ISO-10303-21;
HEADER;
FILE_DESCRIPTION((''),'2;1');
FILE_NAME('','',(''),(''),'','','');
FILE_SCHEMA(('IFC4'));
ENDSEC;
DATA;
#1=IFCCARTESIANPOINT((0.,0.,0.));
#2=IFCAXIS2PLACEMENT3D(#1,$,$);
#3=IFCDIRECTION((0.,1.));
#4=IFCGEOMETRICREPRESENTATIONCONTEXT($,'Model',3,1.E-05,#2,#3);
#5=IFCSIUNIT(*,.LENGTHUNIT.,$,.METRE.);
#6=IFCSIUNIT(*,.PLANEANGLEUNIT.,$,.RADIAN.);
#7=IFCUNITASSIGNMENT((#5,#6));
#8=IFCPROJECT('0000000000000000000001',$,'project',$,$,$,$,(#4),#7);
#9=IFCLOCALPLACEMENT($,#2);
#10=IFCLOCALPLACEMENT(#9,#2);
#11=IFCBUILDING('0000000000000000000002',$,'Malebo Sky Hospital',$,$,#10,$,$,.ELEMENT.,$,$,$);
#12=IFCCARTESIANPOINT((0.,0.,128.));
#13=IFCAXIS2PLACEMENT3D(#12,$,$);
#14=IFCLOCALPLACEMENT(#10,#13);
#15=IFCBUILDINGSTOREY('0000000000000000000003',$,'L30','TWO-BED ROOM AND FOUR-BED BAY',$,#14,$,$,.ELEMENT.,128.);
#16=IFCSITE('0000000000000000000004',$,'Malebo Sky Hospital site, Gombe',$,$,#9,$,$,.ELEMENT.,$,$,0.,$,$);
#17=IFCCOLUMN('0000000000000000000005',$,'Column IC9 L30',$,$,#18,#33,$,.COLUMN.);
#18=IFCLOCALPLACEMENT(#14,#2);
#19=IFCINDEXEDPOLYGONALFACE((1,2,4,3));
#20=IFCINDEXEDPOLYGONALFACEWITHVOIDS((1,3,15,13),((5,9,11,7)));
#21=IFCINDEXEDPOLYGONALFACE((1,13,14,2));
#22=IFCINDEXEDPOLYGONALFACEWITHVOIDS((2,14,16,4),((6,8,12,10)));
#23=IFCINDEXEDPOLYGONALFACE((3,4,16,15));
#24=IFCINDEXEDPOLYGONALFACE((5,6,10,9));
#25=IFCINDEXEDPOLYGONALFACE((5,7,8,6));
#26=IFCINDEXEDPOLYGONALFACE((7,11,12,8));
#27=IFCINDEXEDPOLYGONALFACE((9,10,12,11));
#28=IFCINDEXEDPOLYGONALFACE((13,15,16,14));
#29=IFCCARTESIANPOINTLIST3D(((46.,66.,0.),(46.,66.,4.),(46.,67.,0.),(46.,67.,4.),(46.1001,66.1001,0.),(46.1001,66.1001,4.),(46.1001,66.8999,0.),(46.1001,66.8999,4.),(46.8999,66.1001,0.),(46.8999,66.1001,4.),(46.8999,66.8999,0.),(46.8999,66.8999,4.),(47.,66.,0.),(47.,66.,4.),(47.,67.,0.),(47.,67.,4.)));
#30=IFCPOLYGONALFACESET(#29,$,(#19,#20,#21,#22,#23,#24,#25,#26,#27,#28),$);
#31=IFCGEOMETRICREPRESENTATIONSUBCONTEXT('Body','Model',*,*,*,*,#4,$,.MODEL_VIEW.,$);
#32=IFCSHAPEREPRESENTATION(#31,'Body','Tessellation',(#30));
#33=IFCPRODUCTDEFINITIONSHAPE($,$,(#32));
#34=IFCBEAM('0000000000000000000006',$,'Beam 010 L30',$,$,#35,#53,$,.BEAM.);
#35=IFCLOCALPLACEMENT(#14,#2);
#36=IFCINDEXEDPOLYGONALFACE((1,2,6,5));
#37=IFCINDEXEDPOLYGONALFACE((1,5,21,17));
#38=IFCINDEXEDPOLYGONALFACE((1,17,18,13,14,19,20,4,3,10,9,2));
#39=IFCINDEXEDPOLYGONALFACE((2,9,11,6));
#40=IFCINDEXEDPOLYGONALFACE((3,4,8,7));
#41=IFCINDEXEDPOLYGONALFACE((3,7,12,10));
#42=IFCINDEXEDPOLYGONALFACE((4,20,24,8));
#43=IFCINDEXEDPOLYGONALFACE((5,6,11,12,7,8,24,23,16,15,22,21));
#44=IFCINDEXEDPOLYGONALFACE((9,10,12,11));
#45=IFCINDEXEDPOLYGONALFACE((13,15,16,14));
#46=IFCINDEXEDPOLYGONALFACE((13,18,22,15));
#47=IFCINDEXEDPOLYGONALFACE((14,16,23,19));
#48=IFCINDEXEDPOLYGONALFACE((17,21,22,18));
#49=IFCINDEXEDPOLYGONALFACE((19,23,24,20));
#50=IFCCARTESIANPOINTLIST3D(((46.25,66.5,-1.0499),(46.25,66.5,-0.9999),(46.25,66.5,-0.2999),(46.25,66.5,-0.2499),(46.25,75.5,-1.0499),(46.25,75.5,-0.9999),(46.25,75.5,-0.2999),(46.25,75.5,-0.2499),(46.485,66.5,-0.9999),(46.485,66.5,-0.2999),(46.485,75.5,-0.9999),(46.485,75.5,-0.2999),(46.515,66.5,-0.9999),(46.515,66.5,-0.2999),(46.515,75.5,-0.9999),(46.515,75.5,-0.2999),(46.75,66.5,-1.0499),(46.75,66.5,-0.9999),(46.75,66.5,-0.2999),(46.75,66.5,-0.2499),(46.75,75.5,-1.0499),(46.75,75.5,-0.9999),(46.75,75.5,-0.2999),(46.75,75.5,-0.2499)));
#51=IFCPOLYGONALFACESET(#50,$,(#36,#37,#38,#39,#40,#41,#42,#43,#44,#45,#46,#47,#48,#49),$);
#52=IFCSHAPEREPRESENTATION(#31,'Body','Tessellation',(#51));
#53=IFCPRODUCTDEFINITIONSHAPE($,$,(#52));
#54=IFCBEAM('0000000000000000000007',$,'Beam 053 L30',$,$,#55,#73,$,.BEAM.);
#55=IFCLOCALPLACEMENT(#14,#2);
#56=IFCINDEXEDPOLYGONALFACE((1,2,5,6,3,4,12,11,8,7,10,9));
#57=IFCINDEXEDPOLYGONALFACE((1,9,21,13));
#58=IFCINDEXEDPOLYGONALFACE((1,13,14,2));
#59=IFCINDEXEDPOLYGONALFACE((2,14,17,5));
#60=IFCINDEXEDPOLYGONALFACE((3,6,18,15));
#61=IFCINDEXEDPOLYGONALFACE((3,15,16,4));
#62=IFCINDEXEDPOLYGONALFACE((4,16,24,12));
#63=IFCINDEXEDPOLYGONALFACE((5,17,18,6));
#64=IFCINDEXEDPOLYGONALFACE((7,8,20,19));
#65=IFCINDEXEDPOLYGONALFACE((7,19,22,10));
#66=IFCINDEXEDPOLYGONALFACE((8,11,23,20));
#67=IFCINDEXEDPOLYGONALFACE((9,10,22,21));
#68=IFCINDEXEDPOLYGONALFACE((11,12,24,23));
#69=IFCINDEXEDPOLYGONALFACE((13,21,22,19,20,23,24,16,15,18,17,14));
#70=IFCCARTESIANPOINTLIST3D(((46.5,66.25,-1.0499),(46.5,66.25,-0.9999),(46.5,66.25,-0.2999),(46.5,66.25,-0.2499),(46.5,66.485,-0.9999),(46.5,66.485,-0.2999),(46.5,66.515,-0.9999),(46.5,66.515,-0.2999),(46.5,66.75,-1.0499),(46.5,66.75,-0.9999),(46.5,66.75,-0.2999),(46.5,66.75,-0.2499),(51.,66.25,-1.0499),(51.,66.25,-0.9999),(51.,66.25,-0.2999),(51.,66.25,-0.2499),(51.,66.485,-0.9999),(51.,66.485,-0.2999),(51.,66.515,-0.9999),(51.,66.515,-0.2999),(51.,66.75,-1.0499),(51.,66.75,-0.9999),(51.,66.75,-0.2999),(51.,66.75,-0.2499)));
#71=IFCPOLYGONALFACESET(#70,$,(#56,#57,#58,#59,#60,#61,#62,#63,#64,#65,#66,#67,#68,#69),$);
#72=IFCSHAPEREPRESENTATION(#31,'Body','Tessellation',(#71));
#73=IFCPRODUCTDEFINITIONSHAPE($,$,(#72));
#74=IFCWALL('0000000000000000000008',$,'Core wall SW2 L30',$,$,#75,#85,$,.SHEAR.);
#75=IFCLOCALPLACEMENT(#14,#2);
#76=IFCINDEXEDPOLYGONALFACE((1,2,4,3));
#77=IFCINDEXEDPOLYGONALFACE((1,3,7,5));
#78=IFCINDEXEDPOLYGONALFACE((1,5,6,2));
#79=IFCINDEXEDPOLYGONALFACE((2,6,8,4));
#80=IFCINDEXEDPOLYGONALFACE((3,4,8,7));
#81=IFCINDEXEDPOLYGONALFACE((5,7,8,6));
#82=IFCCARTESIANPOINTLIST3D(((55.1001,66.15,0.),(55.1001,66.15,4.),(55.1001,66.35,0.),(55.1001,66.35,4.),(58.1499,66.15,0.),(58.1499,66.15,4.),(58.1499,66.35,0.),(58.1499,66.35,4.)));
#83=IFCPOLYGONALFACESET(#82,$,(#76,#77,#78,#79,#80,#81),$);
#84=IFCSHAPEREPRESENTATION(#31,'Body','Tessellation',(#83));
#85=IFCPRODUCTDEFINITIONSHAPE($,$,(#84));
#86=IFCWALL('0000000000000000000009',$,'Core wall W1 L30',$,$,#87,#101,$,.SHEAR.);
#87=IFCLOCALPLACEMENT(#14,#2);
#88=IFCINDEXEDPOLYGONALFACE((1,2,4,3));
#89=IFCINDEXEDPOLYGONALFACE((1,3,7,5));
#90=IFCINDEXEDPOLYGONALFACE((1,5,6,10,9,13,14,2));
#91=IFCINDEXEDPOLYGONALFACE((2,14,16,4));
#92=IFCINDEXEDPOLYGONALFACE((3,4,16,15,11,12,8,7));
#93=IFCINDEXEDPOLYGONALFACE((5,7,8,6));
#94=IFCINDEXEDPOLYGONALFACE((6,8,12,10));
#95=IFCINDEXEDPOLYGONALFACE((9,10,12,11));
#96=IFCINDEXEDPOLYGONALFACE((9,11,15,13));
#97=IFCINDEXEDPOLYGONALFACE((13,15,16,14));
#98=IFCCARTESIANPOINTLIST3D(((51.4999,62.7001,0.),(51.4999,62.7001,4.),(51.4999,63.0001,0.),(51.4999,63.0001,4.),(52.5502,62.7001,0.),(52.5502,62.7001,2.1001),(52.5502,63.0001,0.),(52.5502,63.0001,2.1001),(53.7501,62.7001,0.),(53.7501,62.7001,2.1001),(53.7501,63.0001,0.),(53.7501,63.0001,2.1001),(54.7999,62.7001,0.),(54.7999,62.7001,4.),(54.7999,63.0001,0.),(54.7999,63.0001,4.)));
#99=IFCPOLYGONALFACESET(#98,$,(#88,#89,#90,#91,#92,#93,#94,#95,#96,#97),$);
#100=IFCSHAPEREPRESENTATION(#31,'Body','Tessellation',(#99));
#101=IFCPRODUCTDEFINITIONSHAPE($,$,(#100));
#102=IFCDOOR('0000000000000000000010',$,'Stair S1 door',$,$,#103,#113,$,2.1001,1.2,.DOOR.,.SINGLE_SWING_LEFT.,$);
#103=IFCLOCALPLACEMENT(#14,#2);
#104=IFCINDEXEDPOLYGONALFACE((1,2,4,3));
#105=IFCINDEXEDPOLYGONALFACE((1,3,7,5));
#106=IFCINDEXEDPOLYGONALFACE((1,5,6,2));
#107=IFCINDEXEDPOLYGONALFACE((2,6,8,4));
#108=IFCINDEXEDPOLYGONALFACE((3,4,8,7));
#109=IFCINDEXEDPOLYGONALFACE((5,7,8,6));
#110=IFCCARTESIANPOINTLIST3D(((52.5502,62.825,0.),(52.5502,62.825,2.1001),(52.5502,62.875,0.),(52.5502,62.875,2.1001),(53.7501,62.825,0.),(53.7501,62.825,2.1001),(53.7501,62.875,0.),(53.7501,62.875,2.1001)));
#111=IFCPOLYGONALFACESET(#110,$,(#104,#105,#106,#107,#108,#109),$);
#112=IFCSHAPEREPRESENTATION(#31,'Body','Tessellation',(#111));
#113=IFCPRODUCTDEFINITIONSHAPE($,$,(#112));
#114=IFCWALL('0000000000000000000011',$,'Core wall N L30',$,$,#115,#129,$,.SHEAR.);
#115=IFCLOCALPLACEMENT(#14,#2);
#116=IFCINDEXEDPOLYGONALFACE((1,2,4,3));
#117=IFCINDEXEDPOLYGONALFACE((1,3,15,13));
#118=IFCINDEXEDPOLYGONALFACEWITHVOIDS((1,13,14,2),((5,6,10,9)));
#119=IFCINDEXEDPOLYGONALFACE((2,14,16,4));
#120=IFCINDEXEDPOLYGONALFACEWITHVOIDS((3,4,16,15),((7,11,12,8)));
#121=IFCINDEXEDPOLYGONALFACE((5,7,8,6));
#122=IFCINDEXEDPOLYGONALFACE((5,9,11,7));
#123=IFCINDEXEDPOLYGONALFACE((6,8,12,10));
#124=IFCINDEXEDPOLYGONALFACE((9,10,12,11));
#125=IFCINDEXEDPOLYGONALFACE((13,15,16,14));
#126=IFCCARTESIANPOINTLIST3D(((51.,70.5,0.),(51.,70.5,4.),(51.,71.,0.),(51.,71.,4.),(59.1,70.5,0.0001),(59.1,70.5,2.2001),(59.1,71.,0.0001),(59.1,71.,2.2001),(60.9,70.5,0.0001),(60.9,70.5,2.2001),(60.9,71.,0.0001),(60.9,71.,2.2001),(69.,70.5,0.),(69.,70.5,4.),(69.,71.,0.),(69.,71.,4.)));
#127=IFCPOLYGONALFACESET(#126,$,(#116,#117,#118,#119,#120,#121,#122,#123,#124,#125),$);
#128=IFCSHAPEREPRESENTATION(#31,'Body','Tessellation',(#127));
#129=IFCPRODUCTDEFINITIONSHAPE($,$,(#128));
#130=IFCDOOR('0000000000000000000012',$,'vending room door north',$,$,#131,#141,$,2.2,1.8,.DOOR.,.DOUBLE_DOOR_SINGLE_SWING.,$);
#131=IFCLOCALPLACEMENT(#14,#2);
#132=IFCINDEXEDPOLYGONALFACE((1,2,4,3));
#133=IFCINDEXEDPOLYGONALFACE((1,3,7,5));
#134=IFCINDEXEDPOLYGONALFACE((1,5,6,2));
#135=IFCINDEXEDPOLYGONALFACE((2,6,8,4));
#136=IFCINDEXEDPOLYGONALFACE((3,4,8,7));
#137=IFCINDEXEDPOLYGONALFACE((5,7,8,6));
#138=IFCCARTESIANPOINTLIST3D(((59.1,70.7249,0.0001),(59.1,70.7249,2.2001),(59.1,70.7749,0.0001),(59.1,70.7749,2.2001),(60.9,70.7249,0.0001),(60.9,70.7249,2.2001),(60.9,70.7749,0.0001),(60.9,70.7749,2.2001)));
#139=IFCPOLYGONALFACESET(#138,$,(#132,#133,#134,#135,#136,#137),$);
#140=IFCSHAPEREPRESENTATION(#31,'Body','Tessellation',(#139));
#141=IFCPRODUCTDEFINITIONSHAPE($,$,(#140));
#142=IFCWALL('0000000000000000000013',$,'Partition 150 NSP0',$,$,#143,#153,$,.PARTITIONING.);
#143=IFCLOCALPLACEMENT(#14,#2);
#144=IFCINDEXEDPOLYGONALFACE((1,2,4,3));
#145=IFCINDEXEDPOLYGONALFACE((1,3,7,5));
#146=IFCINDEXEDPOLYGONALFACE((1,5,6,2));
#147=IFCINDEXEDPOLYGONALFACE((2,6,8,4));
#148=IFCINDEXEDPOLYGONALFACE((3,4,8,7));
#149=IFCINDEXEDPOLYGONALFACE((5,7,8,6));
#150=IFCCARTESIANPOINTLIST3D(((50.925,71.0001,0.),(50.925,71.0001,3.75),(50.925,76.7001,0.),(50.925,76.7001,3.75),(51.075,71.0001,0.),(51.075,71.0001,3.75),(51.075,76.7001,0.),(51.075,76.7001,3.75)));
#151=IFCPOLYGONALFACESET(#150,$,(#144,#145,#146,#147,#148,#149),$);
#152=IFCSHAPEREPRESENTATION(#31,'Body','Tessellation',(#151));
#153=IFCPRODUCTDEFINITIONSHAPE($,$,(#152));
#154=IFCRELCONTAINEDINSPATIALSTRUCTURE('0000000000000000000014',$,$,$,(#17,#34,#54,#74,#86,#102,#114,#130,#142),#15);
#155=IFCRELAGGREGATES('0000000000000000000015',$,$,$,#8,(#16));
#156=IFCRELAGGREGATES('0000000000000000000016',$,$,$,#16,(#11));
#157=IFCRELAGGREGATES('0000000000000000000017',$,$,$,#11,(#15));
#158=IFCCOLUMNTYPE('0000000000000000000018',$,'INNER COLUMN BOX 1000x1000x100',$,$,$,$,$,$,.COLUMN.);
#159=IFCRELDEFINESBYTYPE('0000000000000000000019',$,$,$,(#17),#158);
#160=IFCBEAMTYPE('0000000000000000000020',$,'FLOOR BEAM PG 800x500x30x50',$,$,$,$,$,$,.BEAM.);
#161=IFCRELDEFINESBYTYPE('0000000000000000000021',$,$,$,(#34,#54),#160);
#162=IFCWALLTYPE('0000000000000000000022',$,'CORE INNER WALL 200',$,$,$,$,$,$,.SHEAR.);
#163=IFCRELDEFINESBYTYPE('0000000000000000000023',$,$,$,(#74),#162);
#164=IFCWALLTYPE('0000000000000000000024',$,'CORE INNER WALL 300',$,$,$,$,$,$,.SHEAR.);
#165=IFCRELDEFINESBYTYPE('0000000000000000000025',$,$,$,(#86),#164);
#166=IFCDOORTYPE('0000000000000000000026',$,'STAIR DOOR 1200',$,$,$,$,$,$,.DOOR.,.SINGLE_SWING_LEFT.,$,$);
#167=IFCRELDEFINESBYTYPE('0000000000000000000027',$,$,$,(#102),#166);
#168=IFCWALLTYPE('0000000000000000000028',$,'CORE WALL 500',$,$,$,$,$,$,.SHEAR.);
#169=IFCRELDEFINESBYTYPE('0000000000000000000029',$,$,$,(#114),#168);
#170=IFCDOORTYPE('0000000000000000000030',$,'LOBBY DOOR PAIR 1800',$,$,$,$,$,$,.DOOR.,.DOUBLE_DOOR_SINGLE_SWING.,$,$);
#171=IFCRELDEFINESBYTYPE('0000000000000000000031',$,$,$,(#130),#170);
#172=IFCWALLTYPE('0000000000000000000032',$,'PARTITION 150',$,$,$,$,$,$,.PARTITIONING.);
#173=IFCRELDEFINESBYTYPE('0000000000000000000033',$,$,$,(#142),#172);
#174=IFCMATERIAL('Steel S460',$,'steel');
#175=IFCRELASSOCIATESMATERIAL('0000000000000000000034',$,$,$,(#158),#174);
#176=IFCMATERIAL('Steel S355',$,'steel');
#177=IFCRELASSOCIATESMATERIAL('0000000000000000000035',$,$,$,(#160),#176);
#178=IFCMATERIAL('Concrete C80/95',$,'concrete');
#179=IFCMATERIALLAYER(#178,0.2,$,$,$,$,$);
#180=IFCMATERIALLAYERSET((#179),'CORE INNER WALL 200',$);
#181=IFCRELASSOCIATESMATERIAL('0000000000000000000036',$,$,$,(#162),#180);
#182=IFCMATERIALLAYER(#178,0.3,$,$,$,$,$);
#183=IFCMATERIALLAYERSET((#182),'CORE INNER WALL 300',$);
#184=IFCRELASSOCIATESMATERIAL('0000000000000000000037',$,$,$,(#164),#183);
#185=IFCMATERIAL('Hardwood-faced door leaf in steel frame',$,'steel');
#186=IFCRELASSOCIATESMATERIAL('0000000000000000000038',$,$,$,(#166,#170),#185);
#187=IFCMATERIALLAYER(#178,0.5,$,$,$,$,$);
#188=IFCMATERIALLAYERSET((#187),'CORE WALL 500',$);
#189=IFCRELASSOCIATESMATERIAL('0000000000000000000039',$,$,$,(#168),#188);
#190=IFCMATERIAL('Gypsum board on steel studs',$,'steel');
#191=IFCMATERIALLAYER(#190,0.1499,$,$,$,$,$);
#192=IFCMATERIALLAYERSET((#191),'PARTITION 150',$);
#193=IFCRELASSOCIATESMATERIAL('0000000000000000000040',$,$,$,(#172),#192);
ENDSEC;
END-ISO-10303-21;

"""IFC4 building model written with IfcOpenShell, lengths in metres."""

from ifc_helpers import new_model, si_unit, direction, frame, frame_2d, origin, origin_2d, place, context, subcontext, project, spatial, rectangle, hollow_rectangle, i_section, extrude, material, layer, layer_set, material_profile, profile_set, type_object, element, fill, save


model = new_model("IFC4")

# Units and contexts
model_context = context("Model", 3, precision=1e-05, world=origin(), true_north=direction((0.0, 1.0)))
body_context = subcontext(model_context, "Body", "Model", "MODEL_VIEW")
ifc_project = project(units=[si_unit("LENGTHUNIT", "METRE"), si_unit("PLANEANGLEUNIT", "RADIAN")], contexts=[model_context])

# Site, building, storey
site_placement = place(None, origin())
site = spatial("IfcSite", under=ifc_project, at=site_placement, Name="Malebo Sky Hospital site, Gombe", CompositionType="ELEMENT", RefElevation=0.0)
building_placement = place(site_placement, origin())
building = spatial("IfcBuilding", under=site, at=building_placement, Name="Malebo Sky Hospital", CompositionType="ELEMENT")
storey_placement = place(building_placement, frame((0.0, 0.0, 128.0)))
storey = spatial("IfcBuildingStorey", under=building, at=storey_placement, Name="L30", Description="TWO-BED ROOM AND FOUR-BED BAY", CompositionType="ELEMENT", Elevation=128.0)

# Column
ifc_material_1 = material(Name="Steel S460", Category="steel")
ifc_material_profile_1 = material_profile(ifc_material_1, hollow_rectangle(XDim=1.0, YDim=1.0, WallThickness=0.1001, at=origin_2d()), Name="BOX 1000x1000x100")
ifc_profile_set_1 = profile_set([ifc_material_profile_1], Name="Steel S460")
column_type = type_object("IfcColumnType", Name="INNER COLUMN BOX 1000x1000x100", PredefinedType="COLUMN", material=ifc_profile_set_1)
column_placement = place(storey_placement, frame((46.5, 66.5, 0.0), z_axis=(0.0, 0.0, 1.0), x_axis=(1.0, 0.0, 0.0)))
element("IfcColumn", 1, at=column_placement, inside=storey, type_object=column_type, Name="Column IC9 L30", PredefinedType="COLUMN", context=body_context, shape_type="SweptSolid", body=[
    extrude(hollow_rectangle(XDim=1.0, YDim=1.0, WallThickness=0.1001, at=origin_2d()), origin(), (0.0, 0.0, 1.0), 4.0),
])

# Beams
ifc_material_2 = material(Name="Steel S355", Category="steel")
ifc_material_profile_2 = material_profile(ifc_material_2, i_section(OverallWidth=0.5, OverallDepth=0.8, WebThickness=0.03, FlangeThickness=0.05, at=origin_2d()), Name="PG 800x500x30x50")
ifc_profile_set_2 = profile_set([ifc_material_profile_2], Name="Steel S355")
beam_type = type_object("IfcBeamType", Name="FLOOR BEAM PG 800x500x30x50", PredefinedType="BEAM", material=ifc_profile_set_2)
beam_1_placement = place(storey_placement, frame((46.5, 66.5, -0.6499), z_axis=(0.0, 1.0, 0.0), x_axis=(-1.0, 0.0, 0.0)))
element("IfcBeam", 2, at=beam_1_placement, inside=storey, type_object=beam_type, Name="Beam 010 L30", PredefinedType="BEAM", context=body_context, shape_type="SweptSolid", body=[
    extrude(i_section(OverallWidth=0.5, OverallDepth=0.8, WebThickness=0.03, FlangeThickness=0.05, at=origin_2d()), origin(), (0.0, 0.0, 1.0), 9.0),
])
beam_2_placement = place(storey_placement, frame((46.5, 66.5, -0.6499), z_axis=(1.0, 0.0, 0.0), x_axis=(0.0, 1.0, 0.0)))
element("IfcBeam", 3, at=beam_2_placement, inside=storey, type_object=beam_type, Name="Beam 053 L30", PredefinedType="BEAM", context=body_context, shape_type="SweptSolid", body=[
    extrude(i_section(OverallWidth=0.5, OverallDepth=0.8, WebThickness=0.03, FlangeThickness=0.05, at=origin_2d()), origin(), (0.0, 0.0, 1.0), 4.5),
])

# Wall
ifc_material_3 = material(Name="Concrete C80/95", Category="concrete")
ifc_layer_1 = layer(ifc_material_3, 0.2)
ifc_layer_set_1 = layer_set([ifc_layer_1], Name="CORE INNER WALL 200")
wall_type_1 = type_object("IfcWallType", Name="CORE INNER WALL 200", PredefinedType="SHEAR", material=ifc_layer_set_1)
wall_1_placement = place(storey_placement, frame((55.1001, 66.25, 0.0), z_axis=(0.0, 0.0, 1.0), x_axis=(1.0, 0.0, 0.0)))
element("IfcWall", 4, at=wall_1_placement, inside=storey, type_object=wall_type_1, Name="Core wall SW2 L30", PredefinedType="SHEAR", context=body_context, shape_type="SweptSolid", body=[
    extrude(rectangle(XDim=3.0498, YDim=0.2, at=frame_2d((1.5249, 0.0))), origin(), (0.0, 0.0, 1.0), 4.0),
])

# Walls, openings, doors
ifc_layer_2 = layer(ifc_material_3, 0.3)
ifc_layer_set_2 = layer_set([ifc_layer_2], Name="CORE INNER WALL 300")
wall_type_2 = type_object("IfcWallType", Name="CORE INNER WALL 300", PredefinedType="SHEAR", material=ifc_layer_set_2)
wall_2_placement = place(storey_placement, frame((51.5, 62.8501, 0.0), z_axis=(0.0, 0.0, 1.0), x_axis=(1.0, 0.0, 0.0)))
wall_2 = element("IfcWall", 5, at=wall_2_placement, inside=storey, type_object=wall_type_2, Name="Core wall W1 L30", PredefinedType="SHEAR", context=body_context, shape_type="SweptSolid", body=[
    extrude(rectangle(XDim=3.3, YDim=0.3, at=frame_2d((1.6499, 0.0))), origin(), (0.0, 0.0, 1.0), 4.0),
])
opening_1_placement = place(wall_2_placement, frame((1.05, 0.0, 0.0)))
opening_1 = element("IfcOpeningElement", 6, at=opening_1_placement, cuts=wall_2, PredefinedType="OPENING", context=body_context, shape_type="SweptSolid", body=[
    extrude(rectangle(XDim=1.2, YDim=2.1001, at=frame_2d((0.6001, 1.05))), frame((0.0, 0.1599, 0.0), z_axis=(0.0, -1.0, 0.0), x_axis=(1.0, 0.0, 0.0)), (0.0, 0.0, 1.0), 0.3201),
])
ifc_material_4 = material(Name="Hardwood-faced door leaf in steel frame", Category="steel")
door_type_1 = type_object("IfcDoorType", Name="STAIR DOOR 1200", OperationType="SINGLE_SWING_LEFT", PredefinedType="DOOR", material=ifc_material_4)
door_1_placement = place(opening_1_placement, origin())
door_1 = element("IfcDoor", 7, at=door_1_placement, inside=storey, type_object=door_type_1, Name="Stair S1 door", OperationType="SINGLE_SWING_LEFT", OverallHeight=2.1001, OverallWidth=1.2, PredefinedType="DOOR", context=body_context, shape_type="SweptSolid", body=[
    extrude(rectangle(XDim=1.2, YDim=2.1001, at=frame_2d((0.6001, 1.05))), frame((0.0, 0.0249, 0.0), z_axis=(0.0, -1.0, 0.0), x_axis=(1.0, 0.0, 0.0)), (0.0, 0.0, 1.0), 0.05),
])
fill(opening_1, door_1)
ifc_layer_3 = layer(ifc_material_3, 0.5)
ifc_layer_set_3 = layer_set([ifc_layer_3], Name="CORE WALL 500")
wall_type_3 = type_object("IfcWallType", Name="CORE WALL 500", PredefinedType="SHEAR", material=ifc_layer_set_3)
wall_3_placement = place(storey_placement, frame((51.0, 70.75, 0.0), z_axis=(0.0, 0.0, 1.0), x_axis=(1.0, 0.0, 0.0)))
wall_3 = element("IfcWall", 8, at=wall_3_placement, inside=storey, type_object=wall_type_3, Name="Core wall N L30", PredefinedType="SHEAR", context=body_context, shape_type="SweptSolid", body=[
    extrude(rectangle(XDim=18.0, YDim=0.5, at=frame_2d((9.0, 0.0))), origin(), (0.0, 0.0, 1.0), 4.0),
])
opening_2_placement = place(wall_3_placement, frame((8.1001, 0.0, 0.0)))
opening_2 = element("IfcOpeningElement", 9, at=opening_2_placement, cuts=wall_3, PredefinedType="OPENING", context=body_context, shape_type="SweptSolid", body=[
    extrude(rectangle(XDim=1.8, YDim=2.2, at=frame_2d((0.8999, 1.1001))), frame((0.0, 0.26, 0.0), z_axis=(0.0, -1.0, 0.0), x_axis=(1.0, 0.0, 0.0)), (0.0, 0.0, 1.0), 0.52),
])
door_type_2 = type_object("IfcDoorType", Name="LOBBY DOOR PAIR 1800", OperationType="DOUBLE_DOOR_SINGLE_SWING", PredefinedType="DOOR", material=ifc_material_4)
door_2_placement = place(opening_2_placement, origin())
door_2 = element("IfcDoor", 10, at=door_2_placement, inside=storey, type_object=door_type_2, Name="vending room door north", OperationType="DOUBLE_DOOR_SINGLE_SWING", OverallHeight=2.2, OverallWidth=1.8, PredefinedType="DOOR", context=body_context, shape_type="SweptSolid", body=[
    extrude(rectangle(XDim=1.8, YDim=2.2, at=frame_2d((0.8999, 1.1001))), frame((0.0, 0.0249, 0.0), z_axis=(0.0, -1.0, 0.0), x_axis=(1.0, 0.0, 0.0)), (0.0, 0.0, 1.0), 0.05),
])
fill(opening_2, door_2)

# Wall
ifc_material_5 = material(Name="Gypsum board on steel studs", Category="steel")
ifc_layer_4 = layer(ifc_material_5, 0.1499)
ifc_layer_set_4 = layer_set([ifc_layer_4], Name="PARTITION 150")
wall_type_4 = type_object("IfcWallType", Name="PARTITION 150", PredefinedType="PARTITIONING", material=ifc_layer_set_4)
wall_4_placement = place(storey_placement, frame((51.0, 71.0, 0.0), z_axis=(0.0, 0.0, 1.0), x_axis=(0.0, 1.0, 0.0)))
element("IfcWall", 11, at=wall_4_placement, inside=storey, type_object=wall_type_4, Name="Partition 150 NSP0", PredefinedType="PARTITIONING", context=body_context, shape_type="SweptSolid", body=[
    extrude(rectangle(XDim=5.7, YDim=0.1499, at=frame_2d((2.8501, 0.0))), origin(), (0.0, 0.0, 1.0), 3.75),
])

save(model, "model.ifc")
